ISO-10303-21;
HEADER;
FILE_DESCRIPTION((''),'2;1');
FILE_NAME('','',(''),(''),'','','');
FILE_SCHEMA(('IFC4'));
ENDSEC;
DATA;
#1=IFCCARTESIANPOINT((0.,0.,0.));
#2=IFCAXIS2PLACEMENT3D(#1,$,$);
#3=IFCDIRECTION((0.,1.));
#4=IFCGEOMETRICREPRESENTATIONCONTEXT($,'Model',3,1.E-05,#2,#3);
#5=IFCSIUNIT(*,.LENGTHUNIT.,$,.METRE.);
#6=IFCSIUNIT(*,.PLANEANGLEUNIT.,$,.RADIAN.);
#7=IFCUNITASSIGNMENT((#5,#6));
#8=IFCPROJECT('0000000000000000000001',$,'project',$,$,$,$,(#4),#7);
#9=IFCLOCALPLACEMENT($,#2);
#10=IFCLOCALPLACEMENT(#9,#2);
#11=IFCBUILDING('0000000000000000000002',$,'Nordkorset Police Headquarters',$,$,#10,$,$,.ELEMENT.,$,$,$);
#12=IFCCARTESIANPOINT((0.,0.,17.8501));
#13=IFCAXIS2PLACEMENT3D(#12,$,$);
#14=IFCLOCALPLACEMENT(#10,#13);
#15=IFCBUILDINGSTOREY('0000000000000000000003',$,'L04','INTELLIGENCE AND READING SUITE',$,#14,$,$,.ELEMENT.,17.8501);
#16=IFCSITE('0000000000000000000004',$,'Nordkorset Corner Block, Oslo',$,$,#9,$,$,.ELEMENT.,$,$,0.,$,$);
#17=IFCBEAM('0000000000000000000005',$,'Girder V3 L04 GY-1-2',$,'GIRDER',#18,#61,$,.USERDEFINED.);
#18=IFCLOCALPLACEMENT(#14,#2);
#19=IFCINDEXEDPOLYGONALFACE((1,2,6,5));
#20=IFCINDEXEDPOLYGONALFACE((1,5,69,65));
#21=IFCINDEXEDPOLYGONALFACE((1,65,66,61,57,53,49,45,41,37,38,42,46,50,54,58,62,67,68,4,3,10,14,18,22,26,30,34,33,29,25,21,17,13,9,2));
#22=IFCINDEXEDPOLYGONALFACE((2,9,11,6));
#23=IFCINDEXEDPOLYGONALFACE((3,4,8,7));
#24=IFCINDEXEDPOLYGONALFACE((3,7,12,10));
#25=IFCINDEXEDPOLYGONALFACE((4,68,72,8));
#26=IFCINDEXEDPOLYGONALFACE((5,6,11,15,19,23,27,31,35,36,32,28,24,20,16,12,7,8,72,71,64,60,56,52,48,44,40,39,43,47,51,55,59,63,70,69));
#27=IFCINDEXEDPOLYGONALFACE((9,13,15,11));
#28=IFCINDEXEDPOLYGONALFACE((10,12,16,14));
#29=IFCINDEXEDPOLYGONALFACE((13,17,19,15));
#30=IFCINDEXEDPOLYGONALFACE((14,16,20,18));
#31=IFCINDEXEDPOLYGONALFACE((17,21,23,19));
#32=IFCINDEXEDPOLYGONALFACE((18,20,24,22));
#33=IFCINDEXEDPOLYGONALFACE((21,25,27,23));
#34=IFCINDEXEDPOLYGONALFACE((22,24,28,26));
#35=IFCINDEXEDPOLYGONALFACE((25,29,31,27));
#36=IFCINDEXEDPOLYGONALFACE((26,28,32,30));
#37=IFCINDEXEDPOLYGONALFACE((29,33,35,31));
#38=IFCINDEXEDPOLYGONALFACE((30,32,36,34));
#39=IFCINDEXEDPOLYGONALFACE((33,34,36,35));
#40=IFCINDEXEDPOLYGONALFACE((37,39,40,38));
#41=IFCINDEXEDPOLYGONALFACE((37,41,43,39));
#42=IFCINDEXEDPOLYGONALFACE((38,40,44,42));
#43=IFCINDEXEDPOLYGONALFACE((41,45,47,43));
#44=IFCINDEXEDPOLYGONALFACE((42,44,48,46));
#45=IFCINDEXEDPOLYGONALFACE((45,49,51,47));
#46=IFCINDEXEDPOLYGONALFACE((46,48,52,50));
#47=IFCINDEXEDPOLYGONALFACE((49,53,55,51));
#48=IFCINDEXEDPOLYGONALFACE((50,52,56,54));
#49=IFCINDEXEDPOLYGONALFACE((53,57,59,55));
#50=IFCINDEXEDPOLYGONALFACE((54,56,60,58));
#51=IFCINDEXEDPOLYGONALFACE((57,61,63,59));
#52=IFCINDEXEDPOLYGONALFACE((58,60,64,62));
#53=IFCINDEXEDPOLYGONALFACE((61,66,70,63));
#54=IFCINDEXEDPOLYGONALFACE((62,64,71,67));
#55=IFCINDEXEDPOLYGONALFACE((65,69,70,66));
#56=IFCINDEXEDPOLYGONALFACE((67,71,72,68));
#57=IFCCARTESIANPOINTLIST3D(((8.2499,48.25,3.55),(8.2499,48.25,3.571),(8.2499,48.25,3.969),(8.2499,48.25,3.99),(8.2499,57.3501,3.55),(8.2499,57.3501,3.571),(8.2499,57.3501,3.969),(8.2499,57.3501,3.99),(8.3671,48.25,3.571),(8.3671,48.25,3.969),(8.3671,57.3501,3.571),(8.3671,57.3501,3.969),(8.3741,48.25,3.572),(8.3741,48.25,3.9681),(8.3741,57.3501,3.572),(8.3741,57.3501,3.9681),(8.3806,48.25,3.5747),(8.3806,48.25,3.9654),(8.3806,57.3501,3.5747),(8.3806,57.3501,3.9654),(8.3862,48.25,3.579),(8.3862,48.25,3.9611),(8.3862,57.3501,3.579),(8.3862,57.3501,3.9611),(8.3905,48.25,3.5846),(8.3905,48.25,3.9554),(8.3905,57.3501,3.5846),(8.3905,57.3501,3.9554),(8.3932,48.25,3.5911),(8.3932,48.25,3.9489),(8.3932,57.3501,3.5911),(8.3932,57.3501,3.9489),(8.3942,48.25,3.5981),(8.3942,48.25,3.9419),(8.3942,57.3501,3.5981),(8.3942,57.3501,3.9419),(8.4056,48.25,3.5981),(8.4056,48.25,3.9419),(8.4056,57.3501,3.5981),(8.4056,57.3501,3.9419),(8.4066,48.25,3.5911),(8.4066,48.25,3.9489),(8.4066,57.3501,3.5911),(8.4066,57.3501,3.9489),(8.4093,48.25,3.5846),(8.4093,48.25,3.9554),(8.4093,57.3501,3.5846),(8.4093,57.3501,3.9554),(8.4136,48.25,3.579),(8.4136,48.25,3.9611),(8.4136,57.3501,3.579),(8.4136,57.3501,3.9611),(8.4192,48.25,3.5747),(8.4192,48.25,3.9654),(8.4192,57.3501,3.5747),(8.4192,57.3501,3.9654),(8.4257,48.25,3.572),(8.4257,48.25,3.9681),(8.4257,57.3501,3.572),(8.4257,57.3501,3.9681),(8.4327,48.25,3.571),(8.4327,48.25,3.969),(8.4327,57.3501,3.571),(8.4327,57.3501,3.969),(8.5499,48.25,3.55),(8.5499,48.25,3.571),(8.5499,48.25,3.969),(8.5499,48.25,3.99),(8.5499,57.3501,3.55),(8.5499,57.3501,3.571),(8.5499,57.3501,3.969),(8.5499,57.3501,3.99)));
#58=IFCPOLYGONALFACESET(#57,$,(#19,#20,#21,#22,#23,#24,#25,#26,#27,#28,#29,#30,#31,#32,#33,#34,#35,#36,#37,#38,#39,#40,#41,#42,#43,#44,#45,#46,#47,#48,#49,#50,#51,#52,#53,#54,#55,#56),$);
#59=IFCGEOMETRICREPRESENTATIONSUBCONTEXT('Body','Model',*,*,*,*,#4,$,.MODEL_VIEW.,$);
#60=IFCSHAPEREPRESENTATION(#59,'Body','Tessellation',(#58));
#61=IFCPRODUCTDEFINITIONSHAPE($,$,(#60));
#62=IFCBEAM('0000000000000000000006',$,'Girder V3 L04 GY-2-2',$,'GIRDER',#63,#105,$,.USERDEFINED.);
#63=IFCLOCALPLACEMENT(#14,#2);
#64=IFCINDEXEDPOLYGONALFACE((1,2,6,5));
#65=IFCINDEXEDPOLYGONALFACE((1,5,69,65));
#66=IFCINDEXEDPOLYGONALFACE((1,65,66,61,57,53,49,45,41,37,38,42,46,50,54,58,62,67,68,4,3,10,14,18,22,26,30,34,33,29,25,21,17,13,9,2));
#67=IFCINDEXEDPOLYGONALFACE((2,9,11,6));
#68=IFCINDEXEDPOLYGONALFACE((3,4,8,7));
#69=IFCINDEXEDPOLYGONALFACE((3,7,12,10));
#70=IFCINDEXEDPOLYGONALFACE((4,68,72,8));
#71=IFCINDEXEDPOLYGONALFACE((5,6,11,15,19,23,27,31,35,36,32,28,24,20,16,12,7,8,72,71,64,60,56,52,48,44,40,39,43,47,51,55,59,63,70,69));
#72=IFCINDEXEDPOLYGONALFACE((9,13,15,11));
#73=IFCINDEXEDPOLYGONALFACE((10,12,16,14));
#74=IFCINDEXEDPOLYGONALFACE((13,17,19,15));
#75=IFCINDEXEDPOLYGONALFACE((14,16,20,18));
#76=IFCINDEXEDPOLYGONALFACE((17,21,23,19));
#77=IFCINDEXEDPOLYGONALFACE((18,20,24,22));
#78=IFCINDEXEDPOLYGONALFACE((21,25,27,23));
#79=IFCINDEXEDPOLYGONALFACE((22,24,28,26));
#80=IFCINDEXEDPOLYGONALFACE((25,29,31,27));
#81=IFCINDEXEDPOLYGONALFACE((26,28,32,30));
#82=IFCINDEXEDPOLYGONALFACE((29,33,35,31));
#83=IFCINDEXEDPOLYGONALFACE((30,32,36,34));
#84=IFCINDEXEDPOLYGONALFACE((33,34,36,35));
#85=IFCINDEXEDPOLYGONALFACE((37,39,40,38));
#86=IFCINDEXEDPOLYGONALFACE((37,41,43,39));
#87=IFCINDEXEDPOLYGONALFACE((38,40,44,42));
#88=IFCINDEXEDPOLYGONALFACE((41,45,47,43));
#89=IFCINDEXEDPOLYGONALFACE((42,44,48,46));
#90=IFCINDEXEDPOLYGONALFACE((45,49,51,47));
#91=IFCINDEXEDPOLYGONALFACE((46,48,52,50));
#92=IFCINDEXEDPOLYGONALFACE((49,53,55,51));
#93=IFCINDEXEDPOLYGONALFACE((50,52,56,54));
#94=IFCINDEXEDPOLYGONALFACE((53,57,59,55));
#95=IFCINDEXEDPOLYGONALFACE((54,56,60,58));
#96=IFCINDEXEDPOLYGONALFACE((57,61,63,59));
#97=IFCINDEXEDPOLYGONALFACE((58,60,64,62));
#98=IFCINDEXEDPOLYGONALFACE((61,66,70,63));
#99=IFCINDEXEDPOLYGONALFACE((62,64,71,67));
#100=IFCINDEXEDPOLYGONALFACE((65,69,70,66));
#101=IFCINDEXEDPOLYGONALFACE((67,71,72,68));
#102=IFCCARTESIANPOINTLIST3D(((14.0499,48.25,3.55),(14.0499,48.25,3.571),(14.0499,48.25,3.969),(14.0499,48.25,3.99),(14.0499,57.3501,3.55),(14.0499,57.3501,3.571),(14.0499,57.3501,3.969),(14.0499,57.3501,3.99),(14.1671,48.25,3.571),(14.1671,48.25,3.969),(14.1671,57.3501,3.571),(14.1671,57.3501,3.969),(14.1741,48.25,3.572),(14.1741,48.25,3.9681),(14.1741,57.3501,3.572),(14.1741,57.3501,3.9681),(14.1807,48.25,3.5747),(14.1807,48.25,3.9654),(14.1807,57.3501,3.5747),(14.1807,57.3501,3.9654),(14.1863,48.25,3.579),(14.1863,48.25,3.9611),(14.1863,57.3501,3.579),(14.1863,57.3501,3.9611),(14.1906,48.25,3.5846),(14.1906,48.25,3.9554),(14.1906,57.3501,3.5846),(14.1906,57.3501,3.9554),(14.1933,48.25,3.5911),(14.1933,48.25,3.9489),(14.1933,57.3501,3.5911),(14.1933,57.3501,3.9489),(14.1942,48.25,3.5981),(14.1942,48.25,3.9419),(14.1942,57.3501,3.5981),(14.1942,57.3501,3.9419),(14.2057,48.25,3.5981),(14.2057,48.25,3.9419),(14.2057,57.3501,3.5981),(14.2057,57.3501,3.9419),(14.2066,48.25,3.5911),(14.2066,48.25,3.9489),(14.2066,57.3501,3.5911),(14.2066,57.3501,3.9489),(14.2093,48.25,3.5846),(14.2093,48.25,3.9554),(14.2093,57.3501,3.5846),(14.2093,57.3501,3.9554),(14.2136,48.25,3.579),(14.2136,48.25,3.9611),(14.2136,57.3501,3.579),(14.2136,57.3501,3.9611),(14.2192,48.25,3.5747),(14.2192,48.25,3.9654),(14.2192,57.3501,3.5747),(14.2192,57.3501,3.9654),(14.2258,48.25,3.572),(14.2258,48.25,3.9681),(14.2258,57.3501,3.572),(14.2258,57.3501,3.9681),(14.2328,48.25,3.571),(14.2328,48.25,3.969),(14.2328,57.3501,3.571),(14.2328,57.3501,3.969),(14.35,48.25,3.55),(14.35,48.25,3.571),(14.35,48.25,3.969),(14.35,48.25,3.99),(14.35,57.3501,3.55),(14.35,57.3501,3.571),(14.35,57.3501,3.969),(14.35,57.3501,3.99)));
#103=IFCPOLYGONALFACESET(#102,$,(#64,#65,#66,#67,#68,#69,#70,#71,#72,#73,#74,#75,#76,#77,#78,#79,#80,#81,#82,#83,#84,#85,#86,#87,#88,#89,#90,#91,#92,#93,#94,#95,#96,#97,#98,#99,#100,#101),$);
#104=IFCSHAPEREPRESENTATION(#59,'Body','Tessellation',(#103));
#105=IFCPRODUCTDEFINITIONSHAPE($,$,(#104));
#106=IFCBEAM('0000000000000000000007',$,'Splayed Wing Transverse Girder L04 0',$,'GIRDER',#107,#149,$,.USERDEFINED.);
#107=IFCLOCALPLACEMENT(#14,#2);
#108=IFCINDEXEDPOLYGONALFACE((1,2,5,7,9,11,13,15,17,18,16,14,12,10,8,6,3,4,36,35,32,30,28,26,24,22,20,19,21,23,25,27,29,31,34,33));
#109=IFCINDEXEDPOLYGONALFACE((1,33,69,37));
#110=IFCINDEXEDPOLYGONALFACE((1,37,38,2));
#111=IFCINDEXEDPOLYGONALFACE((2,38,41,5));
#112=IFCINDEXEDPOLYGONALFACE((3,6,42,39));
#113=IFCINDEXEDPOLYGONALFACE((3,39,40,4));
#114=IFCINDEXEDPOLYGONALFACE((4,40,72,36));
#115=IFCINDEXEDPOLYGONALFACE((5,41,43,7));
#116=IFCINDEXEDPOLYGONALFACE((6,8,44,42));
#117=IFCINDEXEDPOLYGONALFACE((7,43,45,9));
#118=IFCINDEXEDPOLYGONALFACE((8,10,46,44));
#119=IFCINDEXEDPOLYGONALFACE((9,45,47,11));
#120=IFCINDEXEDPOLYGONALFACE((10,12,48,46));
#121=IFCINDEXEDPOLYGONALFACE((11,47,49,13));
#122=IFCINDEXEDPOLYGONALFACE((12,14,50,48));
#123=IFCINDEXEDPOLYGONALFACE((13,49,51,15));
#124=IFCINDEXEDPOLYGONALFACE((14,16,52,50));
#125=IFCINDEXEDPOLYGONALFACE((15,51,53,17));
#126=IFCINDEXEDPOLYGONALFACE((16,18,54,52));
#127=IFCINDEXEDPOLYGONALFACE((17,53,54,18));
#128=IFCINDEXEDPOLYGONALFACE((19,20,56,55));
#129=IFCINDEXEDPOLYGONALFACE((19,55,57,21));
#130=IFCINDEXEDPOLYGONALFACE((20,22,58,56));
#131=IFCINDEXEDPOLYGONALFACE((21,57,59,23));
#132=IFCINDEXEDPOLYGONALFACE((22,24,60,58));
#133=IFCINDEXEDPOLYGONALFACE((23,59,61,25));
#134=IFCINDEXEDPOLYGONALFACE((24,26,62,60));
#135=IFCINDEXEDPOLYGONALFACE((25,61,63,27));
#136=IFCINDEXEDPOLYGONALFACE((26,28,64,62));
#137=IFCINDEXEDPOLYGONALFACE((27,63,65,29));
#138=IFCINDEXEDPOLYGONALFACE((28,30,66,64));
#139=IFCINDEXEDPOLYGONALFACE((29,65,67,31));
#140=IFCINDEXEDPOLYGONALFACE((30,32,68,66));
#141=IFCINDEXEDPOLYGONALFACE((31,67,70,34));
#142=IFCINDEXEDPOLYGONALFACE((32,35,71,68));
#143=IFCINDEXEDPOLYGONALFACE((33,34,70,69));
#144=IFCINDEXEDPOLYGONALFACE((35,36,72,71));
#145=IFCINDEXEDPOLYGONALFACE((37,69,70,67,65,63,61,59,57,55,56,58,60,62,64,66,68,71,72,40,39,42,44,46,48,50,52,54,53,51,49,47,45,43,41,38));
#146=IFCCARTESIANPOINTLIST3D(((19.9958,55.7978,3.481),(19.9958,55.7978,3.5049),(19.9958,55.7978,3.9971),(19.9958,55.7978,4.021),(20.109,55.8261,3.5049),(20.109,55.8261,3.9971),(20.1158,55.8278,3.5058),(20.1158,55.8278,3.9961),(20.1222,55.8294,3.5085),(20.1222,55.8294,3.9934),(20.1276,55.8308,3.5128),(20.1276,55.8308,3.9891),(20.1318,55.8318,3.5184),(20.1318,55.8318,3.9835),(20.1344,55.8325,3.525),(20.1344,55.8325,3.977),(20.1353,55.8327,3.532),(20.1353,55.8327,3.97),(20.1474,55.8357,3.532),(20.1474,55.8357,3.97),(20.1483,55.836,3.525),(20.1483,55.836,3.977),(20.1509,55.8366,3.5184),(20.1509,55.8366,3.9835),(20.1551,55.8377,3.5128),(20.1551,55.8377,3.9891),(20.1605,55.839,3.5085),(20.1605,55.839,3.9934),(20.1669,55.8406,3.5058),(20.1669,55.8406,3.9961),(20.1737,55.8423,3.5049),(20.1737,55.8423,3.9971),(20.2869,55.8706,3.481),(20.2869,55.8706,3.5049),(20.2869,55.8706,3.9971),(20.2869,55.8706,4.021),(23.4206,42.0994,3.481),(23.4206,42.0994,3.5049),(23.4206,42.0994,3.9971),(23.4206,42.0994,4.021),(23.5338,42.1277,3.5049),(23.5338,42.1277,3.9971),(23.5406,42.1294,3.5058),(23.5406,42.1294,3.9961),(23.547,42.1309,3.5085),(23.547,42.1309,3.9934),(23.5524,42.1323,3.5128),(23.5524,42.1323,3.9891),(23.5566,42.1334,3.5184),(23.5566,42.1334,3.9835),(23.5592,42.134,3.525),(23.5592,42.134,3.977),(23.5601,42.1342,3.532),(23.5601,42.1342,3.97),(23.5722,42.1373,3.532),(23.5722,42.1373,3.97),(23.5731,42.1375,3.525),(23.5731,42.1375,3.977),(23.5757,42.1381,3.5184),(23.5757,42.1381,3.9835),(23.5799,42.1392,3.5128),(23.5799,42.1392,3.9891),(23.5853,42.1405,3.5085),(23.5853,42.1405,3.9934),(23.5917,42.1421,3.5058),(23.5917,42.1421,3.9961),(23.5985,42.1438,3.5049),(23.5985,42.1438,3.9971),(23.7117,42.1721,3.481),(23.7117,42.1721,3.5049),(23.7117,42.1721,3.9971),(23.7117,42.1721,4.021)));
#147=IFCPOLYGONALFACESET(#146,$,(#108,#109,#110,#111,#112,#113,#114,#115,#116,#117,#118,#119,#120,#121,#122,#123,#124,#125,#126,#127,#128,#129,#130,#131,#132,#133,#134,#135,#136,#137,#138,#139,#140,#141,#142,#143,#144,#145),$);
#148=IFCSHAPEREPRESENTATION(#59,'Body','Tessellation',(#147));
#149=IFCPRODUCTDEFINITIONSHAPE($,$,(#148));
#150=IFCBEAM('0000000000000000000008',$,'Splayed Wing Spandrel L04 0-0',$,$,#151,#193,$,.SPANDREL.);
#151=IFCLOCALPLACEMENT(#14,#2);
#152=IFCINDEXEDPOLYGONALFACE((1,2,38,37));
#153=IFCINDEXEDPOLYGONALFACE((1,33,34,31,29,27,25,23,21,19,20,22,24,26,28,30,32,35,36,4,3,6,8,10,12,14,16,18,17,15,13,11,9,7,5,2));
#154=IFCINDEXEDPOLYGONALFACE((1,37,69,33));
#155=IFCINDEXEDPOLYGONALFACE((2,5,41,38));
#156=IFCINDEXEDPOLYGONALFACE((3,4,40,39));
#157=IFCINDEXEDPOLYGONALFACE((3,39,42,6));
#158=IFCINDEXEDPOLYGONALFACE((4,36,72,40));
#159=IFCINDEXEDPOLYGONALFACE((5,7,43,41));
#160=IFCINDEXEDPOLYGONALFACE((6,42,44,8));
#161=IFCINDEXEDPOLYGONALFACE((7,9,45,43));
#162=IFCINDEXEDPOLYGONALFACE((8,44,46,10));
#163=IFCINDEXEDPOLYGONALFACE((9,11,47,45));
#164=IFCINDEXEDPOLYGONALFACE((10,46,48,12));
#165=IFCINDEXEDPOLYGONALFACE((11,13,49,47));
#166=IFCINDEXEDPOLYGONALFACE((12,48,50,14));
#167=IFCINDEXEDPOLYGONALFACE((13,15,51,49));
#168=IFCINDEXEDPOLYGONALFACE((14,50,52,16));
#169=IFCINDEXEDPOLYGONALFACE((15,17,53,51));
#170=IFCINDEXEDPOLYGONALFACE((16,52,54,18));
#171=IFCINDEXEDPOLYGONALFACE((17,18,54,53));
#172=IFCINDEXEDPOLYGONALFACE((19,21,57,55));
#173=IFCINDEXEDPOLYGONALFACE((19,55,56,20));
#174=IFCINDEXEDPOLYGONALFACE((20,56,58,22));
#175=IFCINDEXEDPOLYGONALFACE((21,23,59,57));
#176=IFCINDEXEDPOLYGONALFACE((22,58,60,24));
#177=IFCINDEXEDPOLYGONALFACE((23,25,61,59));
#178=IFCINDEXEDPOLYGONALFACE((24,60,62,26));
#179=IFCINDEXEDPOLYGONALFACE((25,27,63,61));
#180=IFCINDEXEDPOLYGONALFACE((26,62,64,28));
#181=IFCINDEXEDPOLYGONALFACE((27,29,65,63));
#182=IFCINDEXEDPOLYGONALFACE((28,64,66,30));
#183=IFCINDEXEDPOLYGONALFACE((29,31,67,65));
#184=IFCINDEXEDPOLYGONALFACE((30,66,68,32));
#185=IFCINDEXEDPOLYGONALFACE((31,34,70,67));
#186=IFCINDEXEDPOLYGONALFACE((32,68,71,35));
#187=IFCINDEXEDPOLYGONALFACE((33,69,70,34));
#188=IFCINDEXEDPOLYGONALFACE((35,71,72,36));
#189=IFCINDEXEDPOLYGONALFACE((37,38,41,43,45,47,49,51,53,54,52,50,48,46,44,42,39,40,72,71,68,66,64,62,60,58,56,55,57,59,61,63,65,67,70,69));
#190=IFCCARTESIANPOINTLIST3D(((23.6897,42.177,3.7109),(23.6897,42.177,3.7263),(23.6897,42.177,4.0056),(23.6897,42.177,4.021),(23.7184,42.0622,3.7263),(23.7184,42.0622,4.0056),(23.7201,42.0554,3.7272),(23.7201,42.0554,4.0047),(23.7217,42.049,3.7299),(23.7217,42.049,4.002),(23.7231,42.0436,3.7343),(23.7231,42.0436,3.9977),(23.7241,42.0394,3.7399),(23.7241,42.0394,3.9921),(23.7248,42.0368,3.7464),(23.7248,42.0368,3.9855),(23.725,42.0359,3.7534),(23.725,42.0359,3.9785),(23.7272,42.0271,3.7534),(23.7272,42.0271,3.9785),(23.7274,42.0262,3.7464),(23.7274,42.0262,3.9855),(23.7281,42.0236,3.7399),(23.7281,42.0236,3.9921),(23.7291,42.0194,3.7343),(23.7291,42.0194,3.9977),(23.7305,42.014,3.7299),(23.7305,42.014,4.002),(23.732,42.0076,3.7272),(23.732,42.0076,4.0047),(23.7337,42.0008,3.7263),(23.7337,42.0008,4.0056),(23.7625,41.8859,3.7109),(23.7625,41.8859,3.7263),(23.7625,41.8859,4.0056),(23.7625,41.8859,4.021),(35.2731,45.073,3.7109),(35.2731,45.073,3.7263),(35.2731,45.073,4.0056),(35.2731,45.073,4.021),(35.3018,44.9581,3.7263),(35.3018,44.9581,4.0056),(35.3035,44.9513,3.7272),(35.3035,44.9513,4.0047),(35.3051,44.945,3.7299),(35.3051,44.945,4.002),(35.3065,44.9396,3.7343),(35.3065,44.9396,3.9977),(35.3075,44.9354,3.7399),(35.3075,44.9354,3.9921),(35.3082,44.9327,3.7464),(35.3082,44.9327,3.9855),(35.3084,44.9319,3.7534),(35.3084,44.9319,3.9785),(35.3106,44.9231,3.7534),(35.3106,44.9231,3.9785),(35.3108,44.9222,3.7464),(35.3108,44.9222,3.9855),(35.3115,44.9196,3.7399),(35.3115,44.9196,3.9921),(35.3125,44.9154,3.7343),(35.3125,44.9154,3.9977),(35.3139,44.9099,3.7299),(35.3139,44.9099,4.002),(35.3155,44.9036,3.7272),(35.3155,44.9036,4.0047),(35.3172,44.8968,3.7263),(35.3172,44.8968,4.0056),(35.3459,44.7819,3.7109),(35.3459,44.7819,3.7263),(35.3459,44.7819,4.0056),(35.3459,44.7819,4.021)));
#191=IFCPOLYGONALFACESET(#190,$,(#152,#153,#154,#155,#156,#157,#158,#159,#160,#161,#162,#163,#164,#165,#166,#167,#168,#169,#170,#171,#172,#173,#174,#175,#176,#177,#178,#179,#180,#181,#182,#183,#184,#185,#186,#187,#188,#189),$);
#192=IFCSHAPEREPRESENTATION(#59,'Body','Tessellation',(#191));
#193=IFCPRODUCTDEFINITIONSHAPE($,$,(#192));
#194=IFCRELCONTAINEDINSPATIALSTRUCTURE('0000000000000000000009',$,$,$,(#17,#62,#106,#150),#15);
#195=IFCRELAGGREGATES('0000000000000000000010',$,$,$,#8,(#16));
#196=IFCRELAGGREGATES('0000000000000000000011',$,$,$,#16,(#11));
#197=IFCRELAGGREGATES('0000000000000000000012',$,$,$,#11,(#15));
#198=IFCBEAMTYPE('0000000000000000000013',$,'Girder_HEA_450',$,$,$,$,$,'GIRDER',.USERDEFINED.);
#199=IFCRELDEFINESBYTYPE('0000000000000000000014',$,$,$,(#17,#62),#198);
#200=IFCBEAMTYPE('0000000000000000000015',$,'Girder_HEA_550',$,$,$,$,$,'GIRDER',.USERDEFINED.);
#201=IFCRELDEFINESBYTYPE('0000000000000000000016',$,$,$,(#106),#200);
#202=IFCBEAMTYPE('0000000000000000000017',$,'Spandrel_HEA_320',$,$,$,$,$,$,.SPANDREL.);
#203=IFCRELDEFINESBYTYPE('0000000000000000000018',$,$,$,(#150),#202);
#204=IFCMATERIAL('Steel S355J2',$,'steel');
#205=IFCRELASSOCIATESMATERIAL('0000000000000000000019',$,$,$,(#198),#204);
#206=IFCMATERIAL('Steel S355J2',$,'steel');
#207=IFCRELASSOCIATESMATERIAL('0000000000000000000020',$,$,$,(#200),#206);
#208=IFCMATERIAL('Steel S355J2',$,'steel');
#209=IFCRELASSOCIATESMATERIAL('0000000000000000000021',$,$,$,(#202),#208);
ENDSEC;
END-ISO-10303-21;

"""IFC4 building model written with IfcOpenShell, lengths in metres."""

from ifc_helpers import new_model, si_unit, direction, frame, origin, origin_2d, place, context, subcontext, project, spatial, i_section, extrude, material, material_profile, profile_set, type_object, element, save


model = new_model("IFC4")

# Units and contexts
model_context = context("Model", 3, precision=1e-05, world=origin(), true_north=direction((0.0, 1.0)))
body_context = subcontext(model_context, "Body", "Model", "MODEL_VIEW")
ifc_project = project(units=[si_unit("LENGTHUNIT", "METRE"), si_unit("PLANEANGLEUNIT", "RADIAN")], contexts=[model_context])

# Site, building, storey
site_placement = place(None, origin())
site = spatial("IfcSite", under=ifc_project, at=site_placement, Name="Nordkorset Corner Block, Oslo", CompositionType="ELEMENT", RefElevation=0.0)
building_placement = place(site_placement, origin())
building = spatial("IfcBuilding", under=site, at=building_placement, Name="Nordkorset Police Headquarters", CompositionType="ELEMENT")
storey_placement = place(building_placement, frame((0.0, 0.0, 17.8501)))
storey = spatial("IfcBuildingStorey", under=building, at=storey_placement, Name="L04", Description="INTELLIGENCE AND READING SUITE", CompositionType="ELEMENT", Elevation=17.8501)

# Beams
ifc_material_1 = material(Name="Steel S355J2", Category="steel")
ifc_material_profile_1 = material_profile(ifc_material_1, i_section(OverallWidth=0.3, OverallDepth=0.4399, WebThickness=0.0115, FlangeThickness=0.021, FilletRadius=0.0271, at=origin_2d()), Name="HEA 450")
ifc_profile_set_1 = profile_set([ifc_material_profile_1], Name="Steel S355J2")
beam_type_1 = type_object("IfcBeamType", Name="Girder_HEA_450", ElementType="GIRDER", PredefinedType="USERDEFINED", material=ifc_profile_set_1)
for number, where, z_axis, x_axis, name in (
    (1, (8.3999, 48.25, 3.77), (0.0, 1.0, 0.0), (-1.0, 0.0, 0.0), "Girder V3 L04 GY-1-2"),
    (2, (14.2, 48.25, 3.77), (0.0, 1.0, 0.0), (-1.0, 0.0, 0.0), "Girder V3 L04 GY-2-2"),
):
    element("IfcBeam", number, at=place(storey_placement, frame(where, z_axis=z_axis, x_axis=x_axis)), inside=storey, type_object=beam_type_1, Name=name, ObjectType="GIRDER", PredefinedType="USERDEFINED", context=body_context, shape_type="SweptSolid", body=[
        extrude(i_section(OverallWidth=0.3, OverallDepth=0.4399, WebThickness=0.0115, FlangeThickness=0.021, FilletRadius=0.0271, at=origin_2d()), origin(), (0.0, 0.0, 1.0), 9.1001),
    ])
ifc_material_2 = material(Name="Steel S355J2", Category="steel")
ifc_material_profile_2 = material_profile(ifc_material_2, i_section(OverallWidth=0.3, OverallDepth=0.54, WebThickness=0.0125, FlangeThickness=0.0239, FilletRadius=0.0271, at=origin_2d()), Name="HEA 550")
ifc_profile_set_2 = profile_set([ifc_material_profile_2], Name="Steel S355J2")
beam_type_2 = type_object("IfcBeamType", Name="Girder_HEA_550", ElementType="GIRDER", PredefinedType="USERDEFINED", material=ifc_profile_set_2)
beam_1_placement = place(storey_placement, frame((23.5662, 42.1357, 3.751), z_axis=(-0.242548, 0.970139, 0.0), x_axis=(-0.970139, -0.242548, 0.0)))
element("IfcBeam", 3, at=beam_1_placement, inside=storey, type_object=beam_type_2, Name="Splayed Wing Transverse Girder L04 0", ObjectType="GIRDER", PredefinedType="USERDEFINED", context=body_context, shape_type="SweptSolid", body=[
    extrude(i_section(OverallWidth=0.3, OverallDepth=0.54, WebThickness=0.0125, FlangeThickness=0.0239, FilletRadius=0.0271, at=origin_2d()), origin(), (0.0, 0.0, 1.0), 14.1201),
])
ifc_material_3 = material(Name="Steel S355J2", Category="steel")
ifc_material_profile_3 = material_profile(ifc_material_3, i_section(OverallWidth=0.3, OverallDepth=0.3101, WebThickness=0.009, FlangeThickness=0.0154, FilletRadius=0.0271, at=origin_2d()), Name="HEA 320")
ifc_profile_set_3 = profile_set([ifc_material_profile_3], Name="Steel S355J2")
beam_type_3 = type_object("IfcBeamType", Name="Spandrel_HEA_320", PredefinedType="SPANDREL", material=ifc_profile_set_3)
beam_2_placement = place(storey_placement, frame((23.7261, 42.0315, 3.866), z_axis=(0.97014, 0.242545, 0.0), x_axis=(-0.242545, 0.97014, 0.0)))
element("IfcBeam", 4, at=beam_2_placement, inside=storey, type_object=beam_type_3, Name="Splayed Wing Spandrel L04 0-0", PredefinedType="SPANDREL", context=body_context, shape_type="SweptSolid", body=[
    extrude(i_section(OverallWidth=0.3, OverallDepth=0.3101, WebThickness=0.009, FlangeThickness=0.0154, FilletRadius=0.0271, at=origin_2d()), origin(), (0.0, 0.0, 1.0), 11.9399),
])

save(model, "model.ifc")
